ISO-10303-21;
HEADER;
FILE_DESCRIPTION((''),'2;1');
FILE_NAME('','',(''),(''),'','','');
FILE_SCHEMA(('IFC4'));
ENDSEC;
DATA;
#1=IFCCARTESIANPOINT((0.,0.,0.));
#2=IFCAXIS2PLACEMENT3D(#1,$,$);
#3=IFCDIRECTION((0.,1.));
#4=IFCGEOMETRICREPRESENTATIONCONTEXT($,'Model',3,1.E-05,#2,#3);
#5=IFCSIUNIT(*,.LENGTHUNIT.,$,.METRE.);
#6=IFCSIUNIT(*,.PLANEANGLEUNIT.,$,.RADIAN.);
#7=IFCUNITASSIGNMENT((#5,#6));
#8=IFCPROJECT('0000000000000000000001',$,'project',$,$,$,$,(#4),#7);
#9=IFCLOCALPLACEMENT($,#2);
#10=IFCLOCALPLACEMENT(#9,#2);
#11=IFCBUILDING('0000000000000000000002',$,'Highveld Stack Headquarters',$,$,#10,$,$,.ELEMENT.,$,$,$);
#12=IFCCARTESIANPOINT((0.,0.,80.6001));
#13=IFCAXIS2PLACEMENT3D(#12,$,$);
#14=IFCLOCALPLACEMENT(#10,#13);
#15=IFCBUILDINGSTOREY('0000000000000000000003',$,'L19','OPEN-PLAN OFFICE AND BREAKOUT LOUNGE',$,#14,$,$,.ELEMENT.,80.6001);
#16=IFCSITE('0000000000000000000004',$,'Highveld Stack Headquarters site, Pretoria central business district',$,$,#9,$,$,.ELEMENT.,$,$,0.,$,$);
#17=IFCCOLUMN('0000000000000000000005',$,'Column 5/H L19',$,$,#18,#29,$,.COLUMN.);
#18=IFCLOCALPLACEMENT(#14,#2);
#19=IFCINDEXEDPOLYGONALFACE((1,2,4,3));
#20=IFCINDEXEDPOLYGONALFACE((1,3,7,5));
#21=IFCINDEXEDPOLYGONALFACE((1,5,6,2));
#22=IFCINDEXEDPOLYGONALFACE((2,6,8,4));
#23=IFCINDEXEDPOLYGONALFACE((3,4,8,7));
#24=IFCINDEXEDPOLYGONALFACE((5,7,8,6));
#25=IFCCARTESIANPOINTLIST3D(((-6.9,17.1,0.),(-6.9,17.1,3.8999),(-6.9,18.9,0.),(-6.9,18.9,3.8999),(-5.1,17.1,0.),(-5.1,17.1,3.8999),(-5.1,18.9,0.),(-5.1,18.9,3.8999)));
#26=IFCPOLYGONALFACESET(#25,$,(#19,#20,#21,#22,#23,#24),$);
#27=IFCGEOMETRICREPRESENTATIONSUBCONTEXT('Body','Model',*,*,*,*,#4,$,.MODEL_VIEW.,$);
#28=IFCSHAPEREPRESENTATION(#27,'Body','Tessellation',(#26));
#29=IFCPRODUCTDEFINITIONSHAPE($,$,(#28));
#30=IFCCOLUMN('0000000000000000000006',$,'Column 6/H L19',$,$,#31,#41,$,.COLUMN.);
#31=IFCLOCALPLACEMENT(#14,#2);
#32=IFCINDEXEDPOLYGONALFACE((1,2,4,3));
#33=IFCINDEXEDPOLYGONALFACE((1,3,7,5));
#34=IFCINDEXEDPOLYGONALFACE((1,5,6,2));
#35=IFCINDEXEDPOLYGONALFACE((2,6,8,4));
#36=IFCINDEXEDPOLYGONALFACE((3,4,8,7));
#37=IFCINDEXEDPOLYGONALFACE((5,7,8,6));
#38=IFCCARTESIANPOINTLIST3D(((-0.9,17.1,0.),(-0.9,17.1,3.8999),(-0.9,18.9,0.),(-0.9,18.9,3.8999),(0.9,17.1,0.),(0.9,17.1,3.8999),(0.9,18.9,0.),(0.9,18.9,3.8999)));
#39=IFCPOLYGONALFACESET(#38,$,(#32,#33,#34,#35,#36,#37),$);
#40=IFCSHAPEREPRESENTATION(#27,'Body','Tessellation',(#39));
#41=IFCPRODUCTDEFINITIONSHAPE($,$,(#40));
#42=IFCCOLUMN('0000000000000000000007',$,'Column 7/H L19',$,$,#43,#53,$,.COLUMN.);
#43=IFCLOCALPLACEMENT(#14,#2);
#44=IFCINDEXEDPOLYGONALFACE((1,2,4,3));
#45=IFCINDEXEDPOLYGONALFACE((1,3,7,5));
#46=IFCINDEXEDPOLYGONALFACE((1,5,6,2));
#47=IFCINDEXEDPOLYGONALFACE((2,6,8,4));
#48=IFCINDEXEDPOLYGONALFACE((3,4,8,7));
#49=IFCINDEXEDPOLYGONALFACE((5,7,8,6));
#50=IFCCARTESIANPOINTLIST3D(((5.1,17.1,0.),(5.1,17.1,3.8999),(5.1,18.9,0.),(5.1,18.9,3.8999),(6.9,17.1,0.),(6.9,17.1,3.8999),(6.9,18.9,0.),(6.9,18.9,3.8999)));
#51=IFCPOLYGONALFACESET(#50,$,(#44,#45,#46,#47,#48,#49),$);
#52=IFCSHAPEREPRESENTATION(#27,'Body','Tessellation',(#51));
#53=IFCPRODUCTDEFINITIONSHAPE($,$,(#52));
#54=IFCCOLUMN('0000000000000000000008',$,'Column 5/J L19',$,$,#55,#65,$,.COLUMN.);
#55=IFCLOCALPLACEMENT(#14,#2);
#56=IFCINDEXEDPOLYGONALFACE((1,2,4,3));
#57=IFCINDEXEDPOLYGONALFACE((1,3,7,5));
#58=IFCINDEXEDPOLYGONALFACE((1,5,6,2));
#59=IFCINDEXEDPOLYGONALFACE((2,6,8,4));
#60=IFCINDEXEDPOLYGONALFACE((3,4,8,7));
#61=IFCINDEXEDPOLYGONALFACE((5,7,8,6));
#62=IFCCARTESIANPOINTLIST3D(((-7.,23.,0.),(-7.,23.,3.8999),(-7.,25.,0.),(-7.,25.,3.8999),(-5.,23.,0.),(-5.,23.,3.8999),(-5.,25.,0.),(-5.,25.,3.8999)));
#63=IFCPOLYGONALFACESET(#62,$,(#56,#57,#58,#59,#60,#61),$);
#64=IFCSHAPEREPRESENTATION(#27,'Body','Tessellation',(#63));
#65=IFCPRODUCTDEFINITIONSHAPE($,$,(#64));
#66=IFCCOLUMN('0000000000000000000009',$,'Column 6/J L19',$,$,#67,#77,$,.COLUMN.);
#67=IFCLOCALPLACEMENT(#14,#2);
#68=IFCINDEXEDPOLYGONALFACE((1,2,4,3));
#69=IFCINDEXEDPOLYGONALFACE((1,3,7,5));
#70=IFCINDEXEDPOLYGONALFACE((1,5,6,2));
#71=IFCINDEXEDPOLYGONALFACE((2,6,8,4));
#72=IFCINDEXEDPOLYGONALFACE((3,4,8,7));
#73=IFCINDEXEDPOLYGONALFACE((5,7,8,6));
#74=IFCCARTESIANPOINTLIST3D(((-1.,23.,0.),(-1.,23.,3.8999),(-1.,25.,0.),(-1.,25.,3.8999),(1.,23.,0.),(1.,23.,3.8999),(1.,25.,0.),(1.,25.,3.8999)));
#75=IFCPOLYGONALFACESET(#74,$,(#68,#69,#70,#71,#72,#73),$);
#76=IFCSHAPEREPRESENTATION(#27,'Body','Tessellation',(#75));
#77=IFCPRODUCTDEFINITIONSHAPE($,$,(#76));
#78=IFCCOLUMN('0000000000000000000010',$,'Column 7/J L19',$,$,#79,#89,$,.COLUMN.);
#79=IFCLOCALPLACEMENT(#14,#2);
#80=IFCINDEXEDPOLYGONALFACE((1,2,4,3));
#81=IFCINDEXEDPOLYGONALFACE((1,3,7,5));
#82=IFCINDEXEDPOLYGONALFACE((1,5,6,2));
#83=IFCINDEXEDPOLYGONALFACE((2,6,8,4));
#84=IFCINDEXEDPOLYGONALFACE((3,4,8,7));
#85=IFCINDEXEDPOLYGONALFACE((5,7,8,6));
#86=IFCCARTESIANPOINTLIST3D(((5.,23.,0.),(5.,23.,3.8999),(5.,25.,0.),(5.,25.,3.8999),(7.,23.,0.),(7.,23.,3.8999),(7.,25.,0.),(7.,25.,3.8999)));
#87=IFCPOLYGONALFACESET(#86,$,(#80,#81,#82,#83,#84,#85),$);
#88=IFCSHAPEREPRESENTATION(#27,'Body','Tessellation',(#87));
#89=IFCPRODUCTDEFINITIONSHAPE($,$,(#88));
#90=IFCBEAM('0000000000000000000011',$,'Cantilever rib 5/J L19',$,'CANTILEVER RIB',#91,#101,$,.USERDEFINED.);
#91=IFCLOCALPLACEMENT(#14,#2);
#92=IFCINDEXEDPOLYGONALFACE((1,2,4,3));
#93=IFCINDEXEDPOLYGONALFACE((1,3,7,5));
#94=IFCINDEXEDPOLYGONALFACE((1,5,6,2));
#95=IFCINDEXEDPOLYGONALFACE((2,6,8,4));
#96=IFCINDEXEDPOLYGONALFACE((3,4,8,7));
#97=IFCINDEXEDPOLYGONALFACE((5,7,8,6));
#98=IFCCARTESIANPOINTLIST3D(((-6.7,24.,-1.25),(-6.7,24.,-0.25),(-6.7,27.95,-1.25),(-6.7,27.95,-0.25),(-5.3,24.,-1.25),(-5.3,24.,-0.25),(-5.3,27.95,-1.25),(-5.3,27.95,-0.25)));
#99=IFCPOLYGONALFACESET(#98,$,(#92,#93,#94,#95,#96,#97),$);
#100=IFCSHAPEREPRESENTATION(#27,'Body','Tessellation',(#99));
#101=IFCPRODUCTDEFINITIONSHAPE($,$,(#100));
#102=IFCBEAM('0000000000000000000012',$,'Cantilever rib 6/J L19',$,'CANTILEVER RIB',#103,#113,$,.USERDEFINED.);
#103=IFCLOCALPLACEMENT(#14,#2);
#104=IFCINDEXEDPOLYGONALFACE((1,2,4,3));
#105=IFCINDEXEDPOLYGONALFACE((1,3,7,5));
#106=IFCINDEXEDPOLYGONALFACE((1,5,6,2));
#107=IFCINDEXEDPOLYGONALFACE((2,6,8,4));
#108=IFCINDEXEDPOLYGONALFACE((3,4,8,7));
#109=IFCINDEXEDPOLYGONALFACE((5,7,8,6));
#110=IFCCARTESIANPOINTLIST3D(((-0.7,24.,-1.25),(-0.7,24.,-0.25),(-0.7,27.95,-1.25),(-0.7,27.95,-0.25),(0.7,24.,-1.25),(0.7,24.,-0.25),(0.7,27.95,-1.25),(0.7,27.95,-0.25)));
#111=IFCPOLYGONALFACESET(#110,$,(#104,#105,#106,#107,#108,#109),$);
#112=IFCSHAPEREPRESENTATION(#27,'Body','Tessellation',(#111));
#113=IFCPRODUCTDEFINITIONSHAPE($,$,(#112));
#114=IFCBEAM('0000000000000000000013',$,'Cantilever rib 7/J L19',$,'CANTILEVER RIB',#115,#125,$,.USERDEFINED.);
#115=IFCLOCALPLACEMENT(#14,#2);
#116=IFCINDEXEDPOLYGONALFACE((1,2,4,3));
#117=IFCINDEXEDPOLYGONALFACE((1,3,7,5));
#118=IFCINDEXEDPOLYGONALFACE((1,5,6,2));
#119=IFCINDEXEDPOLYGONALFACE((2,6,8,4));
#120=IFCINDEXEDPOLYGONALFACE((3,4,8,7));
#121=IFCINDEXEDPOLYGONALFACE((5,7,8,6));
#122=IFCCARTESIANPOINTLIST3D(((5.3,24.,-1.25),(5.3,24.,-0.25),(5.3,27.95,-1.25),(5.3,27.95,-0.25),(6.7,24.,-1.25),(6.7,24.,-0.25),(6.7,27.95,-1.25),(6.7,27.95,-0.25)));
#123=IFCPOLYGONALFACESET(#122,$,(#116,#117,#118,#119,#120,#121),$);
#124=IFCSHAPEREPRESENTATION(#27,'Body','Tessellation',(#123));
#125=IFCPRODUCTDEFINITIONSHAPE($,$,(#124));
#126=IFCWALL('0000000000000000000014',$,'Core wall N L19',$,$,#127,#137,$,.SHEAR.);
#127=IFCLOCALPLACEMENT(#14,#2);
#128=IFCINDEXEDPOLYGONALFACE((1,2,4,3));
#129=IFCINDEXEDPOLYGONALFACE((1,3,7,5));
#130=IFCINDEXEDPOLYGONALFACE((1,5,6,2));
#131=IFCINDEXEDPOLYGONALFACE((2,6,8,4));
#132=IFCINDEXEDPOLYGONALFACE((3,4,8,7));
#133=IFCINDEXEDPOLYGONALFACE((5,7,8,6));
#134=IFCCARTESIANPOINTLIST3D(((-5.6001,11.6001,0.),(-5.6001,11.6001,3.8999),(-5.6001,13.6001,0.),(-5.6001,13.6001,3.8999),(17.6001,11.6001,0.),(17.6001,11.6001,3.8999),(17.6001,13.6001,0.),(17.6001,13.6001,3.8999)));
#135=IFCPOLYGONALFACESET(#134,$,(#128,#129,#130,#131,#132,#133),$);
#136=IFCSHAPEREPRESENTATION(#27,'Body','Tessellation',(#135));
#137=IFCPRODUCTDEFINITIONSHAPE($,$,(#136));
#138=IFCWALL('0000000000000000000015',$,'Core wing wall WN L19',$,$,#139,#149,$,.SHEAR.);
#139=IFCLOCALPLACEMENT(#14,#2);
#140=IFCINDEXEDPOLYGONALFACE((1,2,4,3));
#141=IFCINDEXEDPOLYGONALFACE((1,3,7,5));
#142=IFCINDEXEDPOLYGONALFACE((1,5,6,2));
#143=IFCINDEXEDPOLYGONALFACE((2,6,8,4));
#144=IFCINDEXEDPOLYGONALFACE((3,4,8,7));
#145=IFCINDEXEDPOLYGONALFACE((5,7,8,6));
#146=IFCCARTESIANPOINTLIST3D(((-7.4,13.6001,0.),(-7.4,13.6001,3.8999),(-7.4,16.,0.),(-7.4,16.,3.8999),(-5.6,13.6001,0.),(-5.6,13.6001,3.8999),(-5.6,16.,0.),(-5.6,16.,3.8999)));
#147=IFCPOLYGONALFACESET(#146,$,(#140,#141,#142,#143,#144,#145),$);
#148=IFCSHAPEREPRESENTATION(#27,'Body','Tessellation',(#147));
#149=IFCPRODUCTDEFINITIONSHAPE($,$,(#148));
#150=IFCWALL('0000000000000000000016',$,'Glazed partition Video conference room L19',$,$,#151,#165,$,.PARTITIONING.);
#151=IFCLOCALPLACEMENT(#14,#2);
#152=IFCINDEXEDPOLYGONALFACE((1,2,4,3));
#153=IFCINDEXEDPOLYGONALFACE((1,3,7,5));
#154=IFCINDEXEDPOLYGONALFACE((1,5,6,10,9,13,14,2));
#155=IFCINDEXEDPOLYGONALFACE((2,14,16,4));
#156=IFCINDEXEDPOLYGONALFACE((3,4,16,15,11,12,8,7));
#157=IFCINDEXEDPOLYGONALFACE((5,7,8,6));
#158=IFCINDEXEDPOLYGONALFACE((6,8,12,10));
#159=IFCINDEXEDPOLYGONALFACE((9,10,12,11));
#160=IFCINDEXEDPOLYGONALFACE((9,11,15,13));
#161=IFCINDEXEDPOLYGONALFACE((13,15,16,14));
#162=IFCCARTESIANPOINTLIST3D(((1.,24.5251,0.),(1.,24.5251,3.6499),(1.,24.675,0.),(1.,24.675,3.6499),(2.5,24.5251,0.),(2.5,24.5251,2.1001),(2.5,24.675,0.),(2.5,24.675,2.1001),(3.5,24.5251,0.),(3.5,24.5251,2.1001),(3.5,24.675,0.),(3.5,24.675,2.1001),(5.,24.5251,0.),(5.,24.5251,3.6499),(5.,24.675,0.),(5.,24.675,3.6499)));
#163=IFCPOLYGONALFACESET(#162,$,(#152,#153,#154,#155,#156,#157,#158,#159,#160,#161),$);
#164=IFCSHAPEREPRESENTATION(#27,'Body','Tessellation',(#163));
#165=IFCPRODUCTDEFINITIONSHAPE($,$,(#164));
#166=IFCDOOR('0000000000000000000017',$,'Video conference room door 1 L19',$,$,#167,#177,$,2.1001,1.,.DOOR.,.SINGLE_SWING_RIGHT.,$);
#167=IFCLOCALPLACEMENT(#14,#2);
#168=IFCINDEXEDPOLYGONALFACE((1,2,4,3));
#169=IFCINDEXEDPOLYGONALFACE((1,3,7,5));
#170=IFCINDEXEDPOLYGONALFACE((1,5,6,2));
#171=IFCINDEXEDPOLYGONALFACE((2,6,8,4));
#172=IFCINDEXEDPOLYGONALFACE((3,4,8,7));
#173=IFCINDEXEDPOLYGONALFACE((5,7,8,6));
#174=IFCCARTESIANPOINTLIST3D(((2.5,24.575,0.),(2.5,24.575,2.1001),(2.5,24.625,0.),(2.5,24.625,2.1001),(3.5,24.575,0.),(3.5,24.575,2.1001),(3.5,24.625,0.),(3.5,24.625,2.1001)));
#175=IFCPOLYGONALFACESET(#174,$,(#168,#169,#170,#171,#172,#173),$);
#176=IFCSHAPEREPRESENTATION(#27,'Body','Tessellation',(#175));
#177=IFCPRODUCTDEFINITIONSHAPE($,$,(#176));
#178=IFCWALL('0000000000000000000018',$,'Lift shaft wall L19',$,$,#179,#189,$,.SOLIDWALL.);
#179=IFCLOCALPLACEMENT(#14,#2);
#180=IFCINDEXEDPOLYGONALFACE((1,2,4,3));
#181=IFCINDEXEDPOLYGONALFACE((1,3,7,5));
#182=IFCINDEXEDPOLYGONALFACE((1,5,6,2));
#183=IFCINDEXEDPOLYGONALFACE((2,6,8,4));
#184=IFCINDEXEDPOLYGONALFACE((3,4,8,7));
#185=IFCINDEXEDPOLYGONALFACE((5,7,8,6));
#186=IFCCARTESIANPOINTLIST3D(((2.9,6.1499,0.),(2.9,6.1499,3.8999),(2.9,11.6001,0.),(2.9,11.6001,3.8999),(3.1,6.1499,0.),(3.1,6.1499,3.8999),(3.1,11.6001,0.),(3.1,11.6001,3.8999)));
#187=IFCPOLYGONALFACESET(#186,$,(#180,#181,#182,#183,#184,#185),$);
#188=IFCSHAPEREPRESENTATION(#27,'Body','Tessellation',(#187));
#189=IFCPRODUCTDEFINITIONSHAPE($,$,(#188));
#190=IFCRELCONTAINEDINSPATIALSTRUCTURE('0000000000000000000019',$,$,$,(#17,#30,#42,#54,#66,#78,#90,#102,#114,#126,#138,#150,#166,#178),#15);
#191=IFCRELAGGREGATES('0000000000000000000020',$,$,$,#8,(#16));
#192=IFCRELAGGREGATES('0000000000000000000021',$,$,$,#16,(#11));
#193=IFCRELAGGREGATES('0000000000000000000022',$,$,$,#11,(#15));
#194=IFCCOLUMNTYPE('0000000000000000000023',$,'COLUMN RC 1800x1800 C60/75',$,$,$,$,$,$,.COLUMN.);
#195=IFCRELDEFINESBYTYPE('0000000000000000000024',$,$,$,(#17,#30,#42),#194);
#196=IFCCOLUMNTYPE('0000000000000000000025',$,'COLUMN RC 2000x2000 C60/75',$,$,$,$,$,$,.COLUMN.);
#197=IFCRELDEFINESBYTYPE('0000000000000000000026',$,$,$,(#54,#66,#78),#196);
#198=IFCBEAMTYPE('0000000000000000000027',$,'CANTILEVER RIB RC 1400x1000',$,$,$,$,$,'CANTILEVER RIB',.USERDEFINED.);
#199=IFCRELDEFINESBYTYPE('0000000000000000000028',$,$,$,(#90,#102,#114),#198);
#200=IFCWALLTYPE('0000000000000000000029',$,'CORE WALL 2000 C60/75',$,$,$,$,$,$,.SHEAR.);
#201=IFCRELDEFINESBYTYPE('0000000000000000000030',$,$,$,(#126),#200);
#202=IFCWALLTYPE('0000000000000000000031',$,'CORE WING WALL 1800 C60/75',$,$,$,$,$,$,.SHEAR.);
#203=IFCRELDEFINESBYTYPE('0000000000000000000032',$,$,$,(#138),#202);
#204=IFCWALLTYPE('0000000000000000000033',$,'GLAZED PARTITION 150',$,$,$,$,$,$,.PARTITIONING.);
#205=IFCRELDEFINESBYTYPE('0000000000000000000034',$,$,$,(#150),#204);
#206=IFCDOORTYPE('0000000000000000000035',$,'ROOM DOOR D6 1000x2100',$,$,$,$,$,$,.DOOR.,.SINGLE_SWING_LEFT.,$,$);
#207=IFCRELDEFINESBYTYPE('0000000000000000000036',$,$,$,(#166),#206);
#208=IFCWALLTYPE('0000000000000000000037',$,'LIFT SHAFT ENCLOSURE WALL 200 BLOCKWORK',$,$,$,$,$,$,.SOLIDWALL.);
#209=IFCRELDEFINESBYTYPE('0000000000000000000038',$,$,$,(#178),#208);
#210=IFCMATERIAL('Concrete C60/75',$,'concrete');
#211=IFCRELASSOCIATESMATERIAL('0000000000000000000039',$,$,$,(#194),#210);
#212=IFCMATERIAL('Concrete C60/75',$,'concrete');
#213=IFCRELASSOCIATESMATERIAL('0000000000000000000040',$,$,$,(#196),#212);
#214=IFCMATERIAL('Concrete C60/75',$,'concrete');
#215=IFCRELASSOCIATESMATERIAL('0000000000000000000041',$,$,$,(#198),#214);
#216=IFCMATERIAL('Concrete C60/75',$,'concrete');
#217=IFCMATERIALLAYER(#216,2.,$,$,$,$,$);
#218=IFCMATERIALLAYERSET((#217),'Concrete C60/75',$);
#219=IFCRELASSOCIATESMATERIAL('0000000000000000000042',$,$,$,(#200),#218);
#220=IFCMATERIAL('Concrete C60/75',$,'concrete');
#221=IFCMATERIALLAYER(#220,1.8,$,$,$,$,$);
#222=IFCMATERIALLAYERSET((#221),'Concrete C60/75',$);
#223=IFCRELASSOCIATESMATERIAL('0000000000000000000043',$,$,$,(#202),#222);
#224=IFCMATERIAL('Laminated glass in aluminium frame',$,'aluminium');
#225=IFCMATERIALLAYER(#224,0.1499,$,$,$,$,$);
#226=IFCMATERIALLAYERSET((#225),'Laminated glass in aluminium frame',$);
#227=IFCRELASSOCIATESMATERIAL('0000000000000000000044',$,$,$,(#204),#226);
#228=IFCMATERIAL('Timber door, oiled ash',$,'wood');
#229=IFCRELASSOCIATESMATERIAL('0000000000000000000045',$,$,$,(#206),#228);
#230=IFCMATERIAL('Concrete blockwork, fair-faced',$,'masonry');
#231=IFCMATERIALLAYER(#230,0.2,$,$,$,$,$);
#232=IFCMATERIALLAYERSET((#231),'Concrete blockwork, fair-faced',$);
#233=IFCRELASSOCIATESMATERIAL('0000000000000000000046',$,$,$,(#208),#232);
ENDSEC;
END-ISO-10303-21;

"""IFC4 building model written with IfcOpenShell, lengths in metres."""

from ifc_helpers import new_model, si_unit, direction, frame, frame_2d, origin, origin_2d, place, context, subcontext, project, spatial, rectangle, extrude, material, layer, layer_set, material_profile, profile_set, type_object, element, fill, save


model = new_model("IFC4")

# Units and contexts
model_context = context("Model", 3, precision=1e-05, world=origin(), true_north=direction((0.0, 1.0)))
body_context = subcontext(model_context, "Body", "Model", "MODEL_VIEW")
ifc_project = project(units=[si_unit("LENGTHUNIT", "METRE"), si_unit("PLANEANGLEUNIT", "RADIAN")], contexts=[model_context])

# Site, building, storey
site_placement = place(None, origin())
site = spatial("IfcSite", under=ifc_project, at=site_placement, Name="Highveld Stack Headquarters site, Pretoria central business district", CompositionType="ELEMENT", RefElevation=0.0)
building_placement = place(site_placement, origin())
building = spatial("IfcBuilding", under=site, at=building_placement, Name="Highveld Stack Headquarters", CompositionType="ELEMENT")
storey_placement = place(building_placement, frame((0.0, 0.0, 80.6001)))
storey = spatial("IfcBuildingStorey", under=building, at=storey_placement, Name="L19", Description="OPEN-PLAN OFFICE AND BREAKOUT LOUNGE", CompositionType="ELEMENT", Elevation=80.6001)

# Columns
ifc_material_1 = material(Name="Concrete C60/75", Category="concrete")
ifc_material_profile_1 = material_profile(ifc_material_1, rectangle(XDim=1.8, YDim=1.8, at=origin_2d()), Name="RC 1800x1800")
ifc_profile_set_1 = profile_set([ifc_material_profile_1], Name="Concrete C60/75")
column_type_1 = type_object("IfcColumnType", Name="COLUMN RC 1800x1800 C60/75", PredefinedType="COLUMN", material=ifc_profile_set_1)
for number, where, z_axis, x_axis, name in (
    (1, (-6.0, 18.0, 0.0), (0.0, 0.0, 1.0), (1.0, 0.0, 0.0), "Column 5/H L19"),
    (2, (0.0, 18.0, 0.0), (0.0, 0.0, 1.0), (1.0, 0.0, 0.0), "Column 6/H L19"),
    (3, (6.0, 18.0, 0.0), (0.0, 0.0, 1.0), (1.0, 0.0, 0.0), "Column 7/H L19"),
):
    element("IfcColumn", number, at=place(storey_placement, frame(where, z_axis=z_axis, x_axis=x_axis)), inside=storey, type_object=column_type_1, Name=name, PredefinedType="COLUMN", context=body_context, shape_type="SweptSolid", body=[
        extrude(rectangle(XDim=1.8, YDim=1.8, at=origin_2d()), origin(), (0.0, 0.0, 1.0), 3.8999),
    ])
ifc_material_2 = material(Name="Concrete C60/75", Category="concrete")
ifc_material_profile_2 = material_profile(ifc_material_2, rectangle(XDim=2.0, YDim=2.0, at=origin_2d()), Name="RC 2000x2000")
ifc_profile_set_2 = profile_set([ifc_material_profile_2], Name="Concrete C60/75")
column_type_2 = type_object("IfcColumnType", Name="COLUMN RC 2000x2000 C60/75", PredefinedType="COLUMN", material=ifc_profile_set_2)
for number, where, z_axis, x_axis, name in (
    (4, (-6.0, 24.0, 0.0), (0.0, 0.0, 1.0), (1.0, 0.0, 0.0), "Column 5/J L19"),
    (5, (0.0, 24.0, 0.0), (0.0, 0.0, 1.0), (1.0, 0.0, 0.0), "Column 6/J L19"),
    (6, (6.0, 24.0, 0.0), (0.0, 0.0, 1.0), (1.0, 0.0, 0.0), "Column 7/J L19"),
):
    element("IfcColumn", number, at=place(storey_placement, frame(where, z_axis=z_axis, x_axis=x_axis)), inside=storey, type_object=column_type_2, Name=name, PredefinedType="COLUMN", context=body_context, shape_type="SweptSolid", body=[
        extrude(rectangle(XDim=2.0, YDim=2.0, at=origin_2d()), origin(), (0.0, 0.0, 1.0), 3.8999),
    ])

# Beams
ifc_material_3 = material(Name="Concrete C60/75", Category="concrete")
ifc_material_profile_3 = material_profile(ifc_material_3, rectangle(XDim=1.3999, YDim=1.0, at=origin_2d()), Name="RC 1400x1000")
ifc_profile_set_3 = profile_set([ifc_material_profile_3], Name="Concrete C60/75")
beam_type = type_object("IfcBeamType", Name="CANTILEVER RIB RC 1400x1000", ElementType="CANTILEVER RIB", PredefinedType="USERDEFINED", material=ifc_profile_set_3)
for number, where, z_axis, x_axis, name in (
    (7, (-6.0, 24.0, -0.75), (0.0, 1.0, 0.0), (-1.0, 0.0, 0.0), "Cantilever rib 5/J L19"),
    (8, (0.0, 24.0, -0.75), (0.0, 1.0, 0.0), (-1.0, 0.0, 0.0), "Cantilever rib 6/J L19"),
    (9, (6.0, 24.0, -0.75), (0.0, 1.0, 0.0), (-1.0, 0.0, 0.0), "Cantilever rib 7/J L19"),
):
    element("IfcBeam", number, at=place(storey_placement, frame(where, z_axis=z_axis, x_axis=x_axis)), inside=storey, type_object=beam_type, Name=name, ObjectType="CANTILEVER RIB", PredefinedType="USERDEFINED", context=body_context, shape_type="SweptSolid", body=[
        extrude(rectangle(XDim=1.3999, YDim=1.0, at=origin_2d()), origin(), (0.0, 0.0, 1.0), 3.95),
    ])

# Walls
ifc_material_4 = material(Name="Concrete C60/75", Category="concrete")
ifc_layer_1 = layer(ifc_material_4, 2.0)
ifc_layer_set_1 = layer_set([ifc_layer_1], Name="Concrete C60/75")
wall_type_1 = type_object("IfcWallType", Name="CORE WALL 2000 C60/75", PredefinedType="SHEAR", material=ifc_layer_set_1)
wall_1_placement = place(storey_placement, frame((-5.6001, 12.6001, 0.0), z_axis=(0.0, 0.0, 1.0), x_axis=(1.0, 0.0, 0.0)))
element("IfcWall", 10, at=wall_1_placement, inside=storey, type_object=wall_type_1, Name="Core wall N L19", PredefinedType="SHEAR", context=body_context, shape_type="SweptSolid", body=[
    extrude(rectangle(XDim=23.2002, YDim=2.0, at=frame_2d((11.6001, 0.0))), origin(), (0.0, 0.0, 1.0), 3.8999),
])
ifc_material_5 = material(Name="Concrete C60/75", Category="concrete")
ifc_layer_2 = layer(ifc_material_5, 1.8)
ifc_layer_set_2 = layer_set([ifc_layer_2], Name="Concrete C60/75")
wall_type_2 = type_object("IfcWallType", Name="CORE WING WALL 1800 C60/75", PredefinedType="SHEAR", material=ifc_layer_set_2)
wall_2_placement = place(storey_placement, frame((-6.5, 13.6001, 0.0), z_axis=(0.0, 0.0, 1.0), x_axis=(0.0, 1.0, 0.0)))
element("IfcWall", 11, at=wall_2_placement, inside=storey, type_object=wall_type_2, Name="Core wing wall WN L19", PredefinedType="SHEAR", context=body_context, shape_type="SweptSolid", body=[
    extrude(rectangle(XDim=2.3999, YDim=1.8, at=frame_2d((1.2, 0.0))), origin(), (0.0, 0.0, 1.0), 3.8999),
])

# Wall, opening, door
ifc_material_6 = material(Name="Laminated glass in aluminium frame", Category="aluminium")
ifc_layer_3 = layer(ifc_material_6, 0.1499)
ifc_layer_set_3 = layer_set([ifc_layer_3], Name="Laminated glass in aluminium frame")
wall_type_3 = type_object("IfcWallType", Name="GLAZED PARTITION 150", PredefinedType="PARTITIONING", material=ifc_layer_set_3)
wall_3_placement = place(storey_placement, frame((1.0, 24.6001, 0.0), z_axis=(0.0, 0.0, 1.0), x_axis=(1.0, 0.0, 0.0)))
wall_3 = element("IfcWall", 12, at=wall_3_placement, inside=storey, type_object=wall_type_3, Name="Glazed partition Video conference room L19", PredefinedType="PARTITIONING", context=body_context, shape_type="SweptSolid", body=[
    extrude(rectangle(XDim=4.0, YDim=0.1499, at=frame_2d((2.0, 0.0))), origin(), (0.0, 0.0, 1.0), 3.6499),
])
opening_1_placement = place(wall_3_placement, frame((1.5, 0.0, 0.0)))
opening_1 = element("IfcOpeningElement", 13, at=opening_1_placement, cuts=wall_3, PredefinedType="OPENING", context=body_context, shape_type="SweptSolid", body=[
    extrude(rectangle(XDim=1.0, YDim=2.1001, at=frame_2d((0.5, 1.05))), frame((0.0, 0.085, 0.0), z_axis=(0.0, -1.0, 0.0), x_axis=(1.0, 0.0, 0.0)), (0.0, 0.0, 1.0), 0.1699),
])
ifc_material_7 = material(Name="Timber door, oiled ash", Category="wood")
door_type = type_object("IfcDoorType", Name="ROOM DOOR D6 1000x2100", OperationType="SINGLE_SWING_LEFT", PredefinedType="DOOR", material=ifc_material_7)
door_1_placement = place(opening_1_placement, origin())
door_1 = element("IfcDoor", 14, at=door_1_placement, inside=storey, type_object=door_type, Name="Video conference room door 1 L19", OperationType="SINGLE_SWING_RIGHT", OverallHeight=2.1001, OverallWidth=1.0, PredefinedType="DOOR", context=body_context, shape_type="SweptSolid", body=[
    extrude(rectangle(XDim=1.0, YDim=2.1001, at=frame_2d((0.5, 1.05))), frame((0.0, 0.0249, 0.0), z_axis=(0.0, -1.0, 0.0), x_axis=(1.0, 0.0, 0.0)), (0.0, 0.0, 1.0), 0.05),
])
fill(opening_1, door_1)

# Wall
ifc_material_8 = material(Name="Concrete blockwork, fair-faced", Category="masonry")
ifc_layer_4 = layer(ifc_material_8, 0.2)
ifc_layer_set_4 = layer_set([ifc_layer_4], Name="Concrete blockwork, fair-faced")
wall_type_4 = type_object("IfcWallType", Name="LIFT SHAFT ENCLOSURE WALL 200 BLOCKWORK", PredefinedType="SOLIDWALL", material=ifc_layer_set_4)
for number, where, z_axis, x_axis, name in (
    (15, (3.0, 6.1499, 0.0), (0.0, 0.0, 1.0), (0.0, 1.0, 0.0), "Lift shaft wall L19"),
):
    element("IfcWall", number, at=place(storey_placement, frame(where, z_axis=z_axis, x_axis=x_axis)), inside=storey, type_object=wall_type_4, Name=name, PredefinedType="SOLIDWALL", context=body_context, shape_type="SweptSolid", body=[
        extrude(rectangle(XDim=5.4502, YDim=0.2, at=frame_2d((2.7251, 0.0))), origin(), (0.0, 0.0, 1.0), 3.8999),
    ])

save(model, "model.ifc")
